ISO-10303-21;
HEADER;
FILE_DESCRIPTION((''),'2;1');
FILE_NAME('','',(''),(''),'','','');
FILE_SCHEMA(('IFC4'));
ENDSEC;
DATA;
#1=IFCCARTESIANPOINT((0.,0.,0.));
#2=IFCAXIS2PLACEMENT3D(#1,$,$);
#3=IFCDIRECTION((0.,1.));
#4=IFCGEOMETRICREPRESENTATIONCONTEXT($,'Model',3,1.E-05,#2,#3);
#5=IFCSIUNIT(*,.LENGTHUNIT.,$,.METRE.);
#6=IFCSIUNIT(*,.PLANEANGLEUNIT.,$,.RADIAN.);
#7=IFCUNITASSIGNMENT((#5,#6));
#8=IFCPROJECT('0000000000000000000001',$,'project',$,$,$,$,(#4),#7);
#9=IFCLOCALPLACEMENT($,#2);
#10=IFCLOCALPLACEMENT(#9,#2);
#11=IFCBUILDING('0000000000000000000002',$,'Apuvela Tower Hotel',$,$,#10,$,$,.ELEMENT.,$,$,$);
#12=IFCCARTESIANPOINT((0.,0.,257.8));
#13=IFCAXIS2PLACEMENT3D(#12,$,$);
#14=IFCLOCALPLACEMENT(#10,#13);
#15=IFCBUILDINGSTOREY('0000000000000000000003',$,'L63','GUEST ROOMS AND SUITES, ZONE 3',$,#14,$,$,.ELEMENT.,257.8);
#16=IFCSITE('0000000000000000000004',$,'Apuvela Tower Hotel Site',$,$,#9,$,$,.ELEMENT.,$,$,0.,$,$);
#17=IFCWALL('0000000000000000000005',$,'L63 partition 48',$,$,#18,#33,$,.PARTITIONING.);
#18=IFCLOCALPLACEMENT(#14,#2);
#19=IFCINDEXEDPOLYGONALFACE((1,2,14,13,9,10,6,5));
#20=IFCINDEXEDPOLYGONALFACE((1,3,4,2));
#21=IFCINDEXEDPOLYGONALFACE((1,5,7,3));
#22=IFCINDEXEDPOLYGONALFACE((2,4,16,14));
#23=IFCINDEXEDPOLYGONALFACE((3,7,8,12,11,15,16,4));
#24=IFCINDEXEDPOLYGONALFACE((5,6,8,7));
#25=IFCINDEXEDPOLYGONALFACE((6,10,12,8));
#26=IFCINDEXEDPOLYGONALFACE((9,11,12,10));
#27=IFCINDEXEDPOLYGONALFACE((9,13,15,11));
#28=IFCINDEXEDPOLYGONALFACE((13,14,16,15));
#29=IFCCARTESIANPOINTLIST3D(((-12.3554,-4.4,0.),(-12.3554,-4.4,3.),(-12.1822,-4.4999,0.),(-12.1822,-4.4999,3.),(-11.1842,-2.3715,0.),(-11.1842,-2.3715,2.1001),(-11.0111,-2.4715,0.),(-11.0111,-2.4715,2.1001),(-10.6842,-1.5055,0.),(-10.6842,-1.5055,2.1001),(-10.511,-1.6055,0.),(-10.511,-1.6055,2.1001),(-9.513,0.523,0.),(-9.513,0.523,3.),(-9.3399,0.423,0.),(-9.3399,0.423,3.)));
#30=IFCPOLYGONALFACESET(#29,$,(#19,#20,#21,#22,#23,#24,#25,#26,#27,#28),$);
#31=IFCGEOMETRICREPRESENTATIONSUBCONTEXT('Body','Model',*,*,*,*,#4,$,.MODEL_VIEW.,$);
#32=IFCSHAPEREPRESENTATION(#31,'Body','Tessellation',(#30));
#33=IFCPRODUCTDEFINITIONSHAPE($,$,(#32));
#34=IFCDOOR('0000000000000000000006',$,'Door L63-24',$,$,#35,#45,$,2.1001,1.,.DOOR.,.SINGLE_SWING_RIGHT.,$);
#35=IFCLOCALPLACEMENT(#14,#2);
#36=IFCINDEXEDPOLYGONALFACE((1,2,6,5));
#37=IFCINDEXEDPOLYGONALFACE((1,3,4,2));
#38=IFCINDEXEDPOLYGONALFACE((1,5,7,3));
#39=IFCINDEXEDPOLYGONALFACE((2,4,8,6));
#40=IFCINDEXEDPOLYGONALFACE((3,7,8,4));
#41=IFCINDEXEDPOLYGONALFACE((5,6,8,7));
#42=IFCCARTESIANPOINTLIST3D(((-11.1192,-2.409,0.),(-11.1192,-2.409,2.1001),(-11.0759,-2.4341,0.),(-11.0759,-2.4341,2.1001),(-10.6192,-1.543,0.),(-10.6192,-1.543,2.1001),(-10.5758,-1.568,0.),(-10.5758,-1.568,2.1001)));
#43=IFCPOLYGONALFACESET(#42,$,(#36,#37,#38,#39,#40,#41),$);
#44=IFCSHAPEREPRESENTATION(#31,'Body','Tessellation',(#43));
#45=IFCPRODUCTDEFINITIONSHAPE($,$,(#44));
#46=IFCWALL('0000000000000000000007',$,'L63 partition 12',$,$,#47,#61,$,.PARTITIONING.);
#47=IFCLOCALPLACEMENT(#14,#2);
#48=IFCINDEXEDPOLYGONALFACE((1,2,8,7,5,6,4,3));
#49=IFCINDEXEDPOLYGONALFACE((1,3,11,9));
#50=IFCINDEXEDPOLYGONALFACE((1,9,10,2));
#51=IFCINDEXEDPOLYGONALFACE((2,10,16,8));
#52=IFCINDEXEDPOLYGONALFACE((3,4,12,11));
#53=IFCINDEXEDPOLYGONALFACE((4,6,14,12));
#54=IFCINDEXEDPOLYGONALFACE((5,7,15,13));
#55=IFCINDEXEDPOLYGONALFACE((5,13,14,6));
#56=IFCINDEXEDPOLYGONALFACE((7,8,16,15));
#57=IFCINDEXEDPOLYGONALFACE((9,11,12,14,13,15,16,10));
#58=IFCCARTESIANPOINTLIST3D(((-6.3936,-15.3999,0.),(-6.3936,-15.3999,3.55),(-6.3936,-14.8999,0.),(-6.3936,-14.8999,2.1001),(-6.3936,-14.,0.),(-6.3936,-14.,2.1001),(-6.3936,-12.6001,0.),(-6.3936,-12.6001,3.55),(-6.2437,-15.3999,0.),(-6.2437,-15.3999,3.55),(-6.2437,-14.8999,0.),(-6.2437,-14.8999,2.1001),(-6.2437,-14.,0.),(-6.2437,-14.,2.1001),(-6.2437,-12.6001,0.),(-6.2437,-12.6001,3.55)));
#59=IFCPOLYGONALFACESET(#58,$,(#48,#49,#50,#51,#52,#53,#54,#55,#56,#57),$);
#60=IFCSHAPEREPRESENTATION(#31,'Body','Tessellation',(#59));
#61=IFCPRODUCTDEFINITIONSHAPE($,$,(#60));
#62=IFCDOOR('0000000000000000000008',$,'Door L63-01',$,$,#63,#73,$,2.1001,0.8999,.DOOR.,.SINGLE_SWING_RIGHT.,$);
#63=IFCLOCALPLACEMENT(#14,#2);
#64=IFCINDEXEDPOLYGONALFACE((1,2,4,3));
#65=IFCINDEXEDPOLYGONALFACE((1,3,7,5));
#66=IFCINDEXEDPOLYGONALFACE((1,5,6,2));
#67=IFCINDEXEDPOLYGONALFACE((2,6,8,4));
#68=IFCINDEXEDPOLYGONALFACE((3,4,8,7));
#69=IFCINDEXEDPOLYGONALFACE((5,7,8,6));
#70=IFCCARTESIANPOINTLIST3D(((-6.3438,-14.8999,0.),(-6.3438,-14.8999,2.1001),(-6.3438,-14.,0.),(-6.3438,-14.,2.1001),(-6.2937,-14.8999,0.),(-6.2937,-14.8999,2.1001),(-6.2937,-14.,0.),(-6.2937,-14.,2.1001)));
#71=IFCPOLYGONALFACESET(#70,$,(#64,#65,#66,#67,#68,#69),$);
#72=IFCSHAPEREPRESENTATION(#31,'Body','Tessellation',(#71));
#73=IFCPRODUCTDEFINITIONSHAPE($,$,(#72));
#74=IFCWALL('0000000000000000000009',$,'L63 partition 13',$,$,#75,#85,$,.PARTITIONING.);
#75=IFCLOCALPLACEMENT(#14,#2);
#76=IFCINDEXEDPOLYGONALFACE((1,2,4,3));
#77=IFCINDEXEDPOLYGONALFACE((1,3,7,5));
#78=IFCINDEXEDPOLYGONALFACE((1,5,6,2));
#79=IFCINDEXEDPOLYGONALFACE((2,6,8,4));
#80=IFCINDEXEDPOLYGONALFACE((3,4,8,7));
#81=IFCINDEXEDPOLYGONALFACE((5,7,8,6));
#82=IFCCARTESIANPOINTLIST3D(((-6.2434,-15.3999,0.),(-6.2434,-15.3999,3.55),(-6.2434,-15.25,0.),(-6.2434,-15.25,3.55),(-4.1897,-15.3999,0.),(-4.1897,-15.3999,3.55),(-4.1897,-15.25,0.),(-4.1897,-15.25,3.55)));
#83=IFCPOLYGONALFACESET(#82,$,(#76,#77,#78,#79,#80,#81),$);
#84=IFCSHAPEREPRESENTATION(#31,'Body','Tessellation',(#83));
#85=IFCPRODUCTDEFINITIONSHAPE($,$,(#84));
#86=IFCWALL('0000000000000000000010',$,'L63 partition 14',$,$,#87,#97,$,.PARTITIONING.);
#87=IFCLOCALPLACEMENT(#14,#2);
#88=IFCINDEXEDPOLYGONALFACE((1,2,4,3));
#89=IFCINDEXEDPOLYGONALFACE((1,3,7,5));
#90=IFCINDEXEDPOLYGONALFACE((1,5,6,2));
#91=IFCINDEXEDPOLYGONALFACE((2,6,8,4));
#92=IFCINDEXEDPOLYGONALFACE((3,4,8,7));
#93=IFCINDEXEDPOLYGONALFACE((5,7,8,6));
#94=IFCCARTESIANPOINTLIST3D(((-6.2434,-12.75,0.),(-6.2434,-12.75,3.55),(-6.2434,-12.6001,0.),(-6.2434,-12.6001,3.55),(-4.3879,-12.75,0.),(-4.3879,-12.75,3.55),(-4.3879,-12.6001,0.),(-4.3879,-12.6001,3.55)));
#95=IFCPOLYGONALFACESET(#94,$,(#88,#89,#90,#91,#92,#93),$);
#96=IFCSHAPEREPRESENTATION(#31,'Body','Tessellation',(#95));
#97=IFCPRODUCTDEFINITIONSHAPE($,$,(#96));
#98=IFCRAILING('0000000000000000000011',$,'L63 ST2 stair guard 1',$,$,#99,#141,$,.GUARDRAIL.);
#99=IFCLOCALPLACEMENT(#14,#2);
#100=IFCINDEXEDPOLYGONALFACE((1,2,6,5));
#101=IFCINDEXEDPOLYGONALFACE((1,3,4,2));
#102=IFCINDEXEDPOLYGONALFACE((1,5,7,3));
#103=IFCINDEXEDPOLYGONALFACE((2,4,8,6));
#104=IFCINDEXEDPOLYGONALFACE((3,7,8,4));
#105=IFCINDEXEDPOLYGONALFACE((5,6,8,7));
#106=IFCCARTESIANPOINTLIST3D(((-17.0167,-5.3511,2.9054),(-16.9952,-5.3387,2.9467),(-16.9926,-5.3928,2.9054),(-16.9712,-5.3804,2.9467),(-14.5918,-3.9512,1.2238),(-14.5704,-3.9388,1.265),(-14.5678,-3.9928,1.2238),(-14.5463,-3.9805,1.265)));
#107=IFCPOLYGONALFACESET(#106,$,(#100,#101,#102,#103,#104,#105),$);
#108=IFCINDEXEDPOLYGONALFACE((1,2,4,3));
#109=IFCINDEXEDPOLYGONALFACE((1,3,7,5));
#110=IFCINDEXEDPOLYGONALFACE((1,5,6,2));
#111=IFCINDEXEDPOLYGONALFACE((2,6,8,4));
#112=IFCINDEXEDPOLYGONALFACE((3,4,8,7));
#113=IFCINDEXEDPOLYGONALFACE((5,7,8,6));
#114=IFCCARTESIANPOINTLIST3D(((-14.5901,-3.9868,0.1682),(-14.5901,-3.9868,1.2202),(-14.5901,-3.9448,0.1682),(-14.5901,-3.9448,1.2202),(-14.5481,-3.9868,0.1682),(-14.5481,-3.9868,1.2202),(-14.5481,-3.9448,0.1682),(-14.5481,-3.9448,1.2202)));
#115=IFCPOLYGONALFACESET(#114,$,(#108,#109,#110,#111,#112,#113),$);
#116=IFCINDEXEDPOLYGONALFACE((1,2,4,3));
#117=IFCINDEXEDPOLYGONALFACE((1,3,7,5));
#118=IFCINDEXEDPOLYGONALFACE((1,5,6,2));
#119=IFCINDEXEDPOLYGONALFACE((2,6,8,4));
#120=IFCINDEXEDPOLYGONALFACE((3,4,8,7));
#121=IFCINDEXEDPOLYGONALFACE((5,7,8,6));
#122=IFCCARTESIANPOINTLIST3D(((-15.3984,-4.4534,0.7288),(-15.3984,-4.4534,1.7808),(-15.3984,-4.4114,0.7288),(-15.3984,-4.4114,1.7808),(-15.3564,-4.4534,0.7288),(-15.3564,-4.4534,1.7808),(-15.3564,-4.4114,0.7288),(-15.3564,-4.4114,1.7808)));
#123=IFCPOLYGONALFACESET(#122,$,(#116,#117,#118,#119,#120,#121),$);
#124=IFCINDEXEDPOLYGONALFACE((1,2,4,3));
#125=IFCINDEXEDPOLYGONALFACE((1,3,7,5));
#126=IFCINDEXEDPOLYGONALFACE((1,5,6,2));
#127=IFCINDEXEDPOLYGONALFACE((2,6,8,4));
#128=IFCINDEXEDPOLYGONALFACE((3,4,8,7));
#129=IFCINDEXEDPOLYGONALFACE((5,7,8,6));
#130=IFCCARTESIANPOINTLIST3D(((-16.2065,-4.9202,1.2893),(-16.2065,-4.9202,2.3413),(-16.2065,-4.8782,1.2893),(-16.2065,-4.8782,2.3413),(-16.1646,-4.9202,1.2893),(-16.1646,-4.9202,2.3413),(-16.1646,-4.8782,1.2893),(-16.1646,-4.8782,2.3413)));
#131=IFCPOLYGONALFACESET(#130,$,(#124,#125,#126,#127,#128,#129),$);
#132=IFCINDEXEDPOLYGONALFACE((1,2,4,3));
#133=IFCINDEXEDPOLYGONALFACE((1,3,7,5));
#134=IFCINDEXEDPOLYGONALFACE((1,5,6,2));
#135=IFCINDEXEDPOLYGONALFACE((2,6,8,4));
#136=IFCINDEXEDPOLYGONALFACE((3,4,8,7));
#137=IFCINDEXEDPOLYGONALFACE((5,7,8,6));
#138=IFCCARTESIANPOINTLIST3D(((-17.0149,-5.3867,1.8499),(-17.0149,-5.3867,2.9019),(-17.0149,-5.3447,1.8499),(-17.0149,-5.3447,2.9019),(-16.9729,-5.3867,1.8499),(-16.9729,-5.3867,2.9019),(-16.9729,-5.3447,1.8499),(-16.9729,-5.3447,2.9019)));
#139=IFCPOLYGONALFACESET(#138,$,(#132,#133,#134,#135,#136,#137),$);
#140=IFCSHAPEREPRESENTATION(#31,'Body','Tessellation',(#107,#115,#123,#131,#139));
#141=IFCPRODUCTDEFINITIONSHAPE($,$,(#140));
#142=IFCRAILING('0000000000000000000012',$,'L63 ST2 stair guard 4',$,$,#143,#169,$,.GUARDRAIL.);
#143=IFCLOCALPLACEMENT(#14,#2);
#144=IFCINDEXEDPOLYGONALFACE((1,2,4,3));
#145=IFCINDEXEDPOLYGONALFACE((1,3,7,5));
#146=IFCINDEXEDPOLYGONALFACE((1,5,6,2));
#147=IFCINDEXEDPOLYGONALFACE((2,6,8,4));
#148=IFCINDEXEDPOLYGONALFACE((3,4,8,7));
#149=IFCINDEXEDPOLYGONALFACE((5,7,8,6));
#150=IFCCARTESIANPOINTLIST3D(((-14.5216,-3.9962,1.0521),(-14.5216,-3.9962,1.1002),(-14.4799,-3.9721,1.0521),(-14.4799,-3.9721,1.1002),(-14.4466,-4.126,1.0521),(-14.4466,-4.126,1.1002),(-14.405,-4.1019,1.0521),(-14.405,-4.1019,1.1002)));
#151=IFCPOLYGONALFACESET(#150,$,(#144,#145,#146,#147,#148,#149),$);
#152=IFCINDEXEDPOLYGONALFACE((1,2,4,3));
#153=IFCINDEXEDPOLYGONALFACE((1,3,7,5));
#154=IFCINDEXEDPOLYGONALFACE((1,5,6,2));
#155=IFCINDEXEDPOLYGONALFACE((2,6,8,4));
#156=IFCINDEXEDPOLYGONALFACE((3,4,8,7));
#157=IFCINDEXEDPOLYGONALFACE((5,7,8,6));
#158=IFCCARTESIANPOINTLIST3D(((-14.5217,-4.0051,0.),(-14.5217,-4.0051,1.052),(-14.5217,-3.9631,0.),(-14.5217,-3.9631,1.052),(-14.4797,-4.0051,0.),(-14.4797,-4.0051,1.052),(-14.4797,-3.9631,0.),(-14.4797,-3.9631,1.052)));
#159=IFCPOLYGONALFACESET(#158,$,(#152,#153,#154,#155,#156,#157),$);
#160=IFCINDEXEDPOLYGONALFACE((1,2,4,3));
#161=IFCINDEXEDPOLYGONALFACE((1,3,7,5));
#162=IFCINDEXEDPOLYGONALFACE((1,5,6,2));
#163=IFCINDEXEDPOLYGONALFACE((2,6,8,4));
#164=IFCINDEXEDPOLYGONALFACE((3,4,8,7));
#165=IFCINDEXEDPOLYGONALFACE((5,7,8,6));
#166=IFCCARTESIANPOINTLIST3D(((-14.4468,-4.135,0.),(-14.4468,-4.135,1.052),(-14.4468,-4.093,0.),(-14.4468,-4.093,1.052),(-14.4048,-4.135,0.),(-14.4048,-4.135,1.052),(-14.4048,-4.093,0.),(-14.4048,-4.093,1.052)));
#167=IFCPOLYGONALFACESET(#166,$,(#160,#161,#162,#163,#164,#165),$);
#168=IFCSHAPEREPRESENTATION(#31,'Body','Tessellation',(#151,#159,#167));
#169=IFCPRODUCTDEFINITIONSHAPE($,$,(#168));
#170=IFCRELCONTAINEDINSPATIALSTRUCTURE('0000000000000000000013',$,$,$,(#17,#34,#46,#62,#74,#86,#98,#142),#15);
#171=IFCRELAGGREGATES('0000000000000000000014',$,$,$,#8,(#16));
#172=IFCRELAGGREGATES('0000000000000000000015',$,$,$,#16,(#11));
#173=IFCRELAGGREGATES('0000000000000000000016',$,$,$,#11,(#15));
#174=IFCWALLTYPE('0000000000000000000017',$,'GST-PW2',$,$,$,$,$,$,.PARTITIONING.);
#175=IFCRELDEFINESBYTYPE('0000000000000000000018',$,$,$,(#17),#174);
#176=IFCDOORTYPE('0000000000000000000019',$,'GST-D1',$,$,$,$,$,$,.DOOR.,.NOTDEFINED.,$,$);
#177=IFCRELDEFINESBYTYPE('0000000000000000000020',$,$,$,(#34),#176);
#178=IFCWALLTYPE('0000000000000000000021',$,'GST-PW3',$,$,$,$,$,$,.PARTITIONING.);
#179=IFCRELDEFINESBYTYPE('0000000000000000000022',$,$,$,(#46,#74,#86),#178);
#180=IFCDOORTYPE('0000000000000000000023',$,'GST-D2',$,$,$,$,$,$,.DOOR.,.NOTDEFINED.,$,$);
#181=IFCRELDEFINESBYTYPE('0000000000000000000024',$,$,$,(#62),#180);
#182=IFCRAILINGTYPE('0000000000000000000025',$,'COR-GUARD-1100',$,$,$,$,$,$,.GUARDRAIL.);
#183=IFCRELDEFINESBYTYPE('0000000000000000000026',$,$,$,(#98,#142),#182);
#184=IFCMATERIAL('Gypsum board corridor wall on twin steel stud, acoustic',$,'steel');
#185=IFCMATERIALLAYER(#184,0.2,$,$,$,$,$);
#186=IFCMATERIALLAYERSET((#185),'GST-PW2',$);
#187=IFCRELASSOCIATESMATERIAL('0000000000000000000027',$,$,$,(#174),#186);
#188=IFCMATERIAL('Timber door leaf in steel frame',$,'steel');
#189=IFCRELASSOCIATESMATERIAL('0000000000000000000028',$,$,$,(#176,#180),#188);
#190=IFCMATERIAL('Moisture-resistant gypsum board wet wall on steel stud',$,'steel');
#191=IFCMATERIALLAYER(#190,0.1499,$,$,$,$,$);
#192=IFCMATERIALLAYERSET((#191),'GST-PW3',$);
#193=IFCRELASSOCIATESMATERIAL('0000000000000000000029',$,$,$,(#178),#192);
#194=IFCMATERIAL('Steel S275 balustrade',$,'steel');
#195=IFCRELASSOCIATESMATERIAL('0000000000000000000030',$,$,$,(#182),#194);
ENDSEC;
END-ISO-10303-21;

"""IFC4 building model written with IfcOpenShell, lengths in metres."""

from ifc_helpers import new_model, si_unit, direction, frame, frame_2d, origin, origin_2d, place, context, subcontext, project, spatial, rectangle, extrude, material, layer, layer_set, type_object, element, fill, save


model = new_model("IFC4")

# Units and contexts
model_context = context("Model", 3, precision=1e-05, world=origin(), true_north=direction((0.0, 1.0)))
body_context = subcontext(model_context, "Body", "Model", "MODEL_VIEW")
ifc_project = project(units=[si_unit("LENGTHUNIT", "METRE"), si_unit("PLANEANGLEUNIT", "RADIAN")], contexts=[model_context])

# Site, building, storey
site_placement = place(None, origin())
site = spatial("IfcSite", under=ifc_project, at=site_placement, Name="Apuvela Tower Hotel Site", CompositionType="ELEMENT", RefElevation=0.0)
building_placement = place(site_placement, origin())
building = spatial("IfcBuilding", under=site, at=building_placement, Name="Apuvela Tower Hotel", CompositionType="ELEMENT")
storey_placement = place(building_placement, frame((0.0, 0.0, 257.8)))
storey = spatial("IfcBuildingStorey", under=building, at=storey_placement, Name="L63", Description="GUEST ROOMS AND SUITES, ZONE 3", CompositionType="ELEMENT", Elevation=257.8)

# Walls, openings, doors
ifc_material_1 = material(Name="Gypsum board corridor wall on twin steel stud, acoustic", Category="steel")
ifc_layer_1 = layer(ifc_material_1, 0.2)
ifc_layer_set_1 = layer_set([ifc_layer_1], Name="GST-PW2")
wall_type_1 = type_object("IfcWallType", Name="GST-PW2", PredefinedType="PARTITIONING", material=ifc_layer_set_1)
ifc_material_2 = material(Name="Timber door leaf in steel frame", Category="steel")
door_type_1 = type_object("IfcDoorType", Name="GST-D1", OperationType="NOTDEFINED", PredefinedType="DOOR", material=ifc_material_2)
wall_1_placement = place(storey_placement, frame((-12.2688, -4.45, 0.0), z_axis=(0.0, 0.0, 1.0), x_axis=(0.50001, 0.86602, 0.0)))
wall_1 = element("IfcWall", 1, at=wall_1_placement, inside=storey, type_object=wall_type_1, Name="L63 partition 48", PredefinedType="PARTITIONING", context=body_context, shape_type="SweptSolid", body=[
    extrude(rectangle(XDim=5.6846, YDim=0.2, at=frame_2d((2.8423, 0.0))), origin(), (0.0, 0.0, 1.0), 3.0),
])
opening_1_placement = place(wall_1_placement, frame((2.3423, 0.0, 0.0)))
opening_1 = element("IfcOpeningElement", 2, at=opening_1_placement, cuts=wall_1, PredefinedType="OPENING", context=body_context, shape_type="SweptSolid", body=[
    extrude(rectangle(XDim=1.0, YDim=2.1001, at=frame_2d((0.5, 1.05))), frame((0.0, 0.1099, 0.0), z_axis=(0.0, -1.0, 0.0), x_axis=(1.0, 0.0, 0.0)), (0.0, 0.0, 1.0), 0.22),
])
door_1_placement = place(opening_1_placement, origin())
door_1 = element("IfcDoor", 3, at=door_1_placement, inside=storey, type_object=door_type_1, Name="Door L63-24", OperationType="SINGLE_SWING_RIGHT", OverallHeight=2.1001, OverallWidth=1.0, PredefinedType="DOOR", context=body_context, shape_type="SweptSolid", body=[
    extrude(rectangle(XDim=1.0, YDim=2.1001, at=frame_2d((0.5, 1.05))), frame((0.0, 0.0249, 0.0), z_axis=(0.0, -1.0, 0.0), x_axis=(1.0, 0.0, 0.0)), (0.0, 0.0, 1.0), 0.05),
])
fill(opening_1, door_1)
ifc_material_3 = material(Name="Moisture-resistant gypsum board wet wall on steel stud", Category="steel")
ifc_layer_2 = layer(ifc_material_3, 0.1499)
ifc_layer_set_2 = layer_set([ifc_layer_2], Name="GST-PW3")
wall_type_2 = type_object("IfcWallType", Name="GST-PW3", PredefinedType="PARTITIONING", material=ifc_layer_set_2)
wall_2_placement = place(storey_placement, frame((-6.3186, -12.6001, 0.0), z_axis=(0.0, 0.0, 1.0), x_axis=(0.0, -1.0, 0.0)))
wall_2 = element("IfcWall", 4, at=wall_2_placement, inside=storey, type_object=wall_type_2, Name="L63 partition 12", PredefinedType="PARTITIONING", context=body_context, shape_type="SweptSolid", body=[
    extrude(rectangle(XDim=2.7998, YDim=0.1499, at=frame_2d((1.3999, 0.0))), origin(), (0.0, 0.0, 1.0), 3.55),
])
opening_2_placement = place(wall_2_placement, frame((1.3999, 0.0, 0.0)))
opening_2 = element("IfcOpeningElement", 5, at=opening_2_placement, cuts=wall_2, PredefinedType="OPENING", context=body_context, shape_type="SweptSolid", body=[
    extrude(rectangle(XDim=0.8999, YDim=2.1001, at=frame_2d((0.45, 1.05))), frame((0.0, 0.085, 0.0), z_axis=(0.0, -1.0, 0.0), x_axis=(1.0, 0.0, 0.0)), (0.0, 0.0, 1.0), 0.1699),
])
door_type_2 = type_object("IfcDoorType", Name="GST-D2", OperationType="NOTDEFINED", PredefinedType="DOOR", material=ifc_material_2)
door_2_placement = place(opening_2_placement, origin())
door_2 = element("IfcDoor", 6, at=door_2_placement, inside=storey, type_object=door_type_2, Name="Door L63-01", OperationType="SINGLE_SWING_RIGHT", OverallHeight=2.1001, OverallWidth=0.8999, PredefinedType="DOOR", context=body_context, shape_type="SweptSolid", body=[
    extrude(rectangle(XDim=0.8999, YDim=2.1001, at=frame_2d((0.45, 1.05))), frame((0.0, 0.0249, 0.0), z_axis=(0.0, -1.0, 0.0), x_axis=(1.0, 0.0, 0.0)), (0.0, 0.0, 1.0), 0.05),
])
fill(opening_2, door_2)

# Walls
wall_3_placement = place(storey_placement, frame((-6.2434, -15.325, 0.0), z_axis=(0.0, 0.0, 1.0), x_axis=(1.0, 0.0, 0.0)))
element("IfcWall", 7, at=wall_3_placement, inside=storey, type_object=wall_type_2, Name="L63 partition 13", PredefinedType="PARTITIONING", context=body_context, shape_type="SweptSolid", body=[
    extrude(rectangle(XDim=2.0537, YDim=0.1499, at=frame_2d((1.0269, 0.0))), origin(), (0.0, 0.0, 1.0), 3.55),
])
wall_4_placement = place(storey_placement, frame((-6.2434, -12.675, 0.0), z_axis=(0.0, 0.0, 1.0), x_axis=(1.0, 0.0, 0.0)))
element("IfcWall", 8, at=wall_4_placement, inside=storey, type_object=wall_type_2, Name="L63 partition 14", PredefinedType="PARTITIONING", context=body_context, shape_type="SweptSolid", body=[
    extrude(rectangle(XDim=1.8555, YDim=0.1499, at=frame_2d((0.9277, 0.0))), origin(), (0.0, 0.0, 1.0), 3.55),
])

# Railings
ifc_material_4 = material(Name="Steel S275 balustrade", Category="steel")
railing_type = type_object("IfcRailingType", Name="COR-GUARD-1100", PredefinedType="GUARDRAIL", material=ifc_material_4)
railing_1_placement = place(storey_placement, frame((-14.5691, -3.9658, 0.1682)))
element("IfcRailing", 9, at=railing_1_placement, inside=storey, type_object=railing_type, Name="L63 ST2 stair guard 1", PredefinedType="GUARDRAIL", context=body_context, shape_type="SweptSolid", body=[
    extrude(rectangle(XDim=0.0481, YDim=0.0481, at=origin_2d()), frame((0.0, 0.0, 1.0762), z_axis=(-0.742419, -0.428618, 0.514879), x_axis=(0.499984, -0.866035, 0.0)), (0.0, 0.0, 1.0), 3.2661),
    extrude(rectangle(XDim=0.042, YDim=0.042, at=origin_2d()), origin(), (0.0, 0.0, 1.0), 1.052),
    extrude(rectangle(XDim=0.042, YDim=0.042, at=origin_2d()), frame((-0.8083, -0.4666, 0.5605)), (0.0, 0.0, 1.0), 1.052),
    extrude(rectangle(XDim=0.042, YDim=0.042, at=origin_2d()), frame((-1.6165, -0.9333, 1.1211)), (0.0, 0.0, 1.0), 1.052),
    extrude(rectangle(XDim=0.042, YDim=0.042, at=origin_2d()), frame((-2.4248, -1.3999, 1.6816)), (0.0, 0.0, 1.0), 1.052),
])
railing_2_placement = place(storey_placement, frame((-14.5007, -3.9841, 0.0)))
element("IfcRailing", 10, at=railing_2_placement, inside=storey, type_object=railing_type, Name="L63 ST2 stair guard 4", PredefinedType="GUARDRAIL", context=body_context, shape_type="SweptSolid", body=[
    extrude(rectangle(XDim=0.0481, YDim=0.0481, at=origin_2d()), frame((0.0, 0.0, 1.0762), z_axis=(0.499816, -0.866131, 0.0), x_axis=(0.866131, 0.499816, 0.0)), (0.0, 0.0, 1.0), 0.1499),
    extrude(rectangle(XDim=0.042, YDim=0.042, at=origin_2d()), origin(), (0.0, 0.0, 1.0), 1.052),
    extrude(rectangle(XDim=0.042, YDim=0.042, at=origin_2d()), frame((0.075, -0.1299, 0.0)), (0.0, 0.0, 1.0), 1.052),
])

save(model, "model.ifc")
